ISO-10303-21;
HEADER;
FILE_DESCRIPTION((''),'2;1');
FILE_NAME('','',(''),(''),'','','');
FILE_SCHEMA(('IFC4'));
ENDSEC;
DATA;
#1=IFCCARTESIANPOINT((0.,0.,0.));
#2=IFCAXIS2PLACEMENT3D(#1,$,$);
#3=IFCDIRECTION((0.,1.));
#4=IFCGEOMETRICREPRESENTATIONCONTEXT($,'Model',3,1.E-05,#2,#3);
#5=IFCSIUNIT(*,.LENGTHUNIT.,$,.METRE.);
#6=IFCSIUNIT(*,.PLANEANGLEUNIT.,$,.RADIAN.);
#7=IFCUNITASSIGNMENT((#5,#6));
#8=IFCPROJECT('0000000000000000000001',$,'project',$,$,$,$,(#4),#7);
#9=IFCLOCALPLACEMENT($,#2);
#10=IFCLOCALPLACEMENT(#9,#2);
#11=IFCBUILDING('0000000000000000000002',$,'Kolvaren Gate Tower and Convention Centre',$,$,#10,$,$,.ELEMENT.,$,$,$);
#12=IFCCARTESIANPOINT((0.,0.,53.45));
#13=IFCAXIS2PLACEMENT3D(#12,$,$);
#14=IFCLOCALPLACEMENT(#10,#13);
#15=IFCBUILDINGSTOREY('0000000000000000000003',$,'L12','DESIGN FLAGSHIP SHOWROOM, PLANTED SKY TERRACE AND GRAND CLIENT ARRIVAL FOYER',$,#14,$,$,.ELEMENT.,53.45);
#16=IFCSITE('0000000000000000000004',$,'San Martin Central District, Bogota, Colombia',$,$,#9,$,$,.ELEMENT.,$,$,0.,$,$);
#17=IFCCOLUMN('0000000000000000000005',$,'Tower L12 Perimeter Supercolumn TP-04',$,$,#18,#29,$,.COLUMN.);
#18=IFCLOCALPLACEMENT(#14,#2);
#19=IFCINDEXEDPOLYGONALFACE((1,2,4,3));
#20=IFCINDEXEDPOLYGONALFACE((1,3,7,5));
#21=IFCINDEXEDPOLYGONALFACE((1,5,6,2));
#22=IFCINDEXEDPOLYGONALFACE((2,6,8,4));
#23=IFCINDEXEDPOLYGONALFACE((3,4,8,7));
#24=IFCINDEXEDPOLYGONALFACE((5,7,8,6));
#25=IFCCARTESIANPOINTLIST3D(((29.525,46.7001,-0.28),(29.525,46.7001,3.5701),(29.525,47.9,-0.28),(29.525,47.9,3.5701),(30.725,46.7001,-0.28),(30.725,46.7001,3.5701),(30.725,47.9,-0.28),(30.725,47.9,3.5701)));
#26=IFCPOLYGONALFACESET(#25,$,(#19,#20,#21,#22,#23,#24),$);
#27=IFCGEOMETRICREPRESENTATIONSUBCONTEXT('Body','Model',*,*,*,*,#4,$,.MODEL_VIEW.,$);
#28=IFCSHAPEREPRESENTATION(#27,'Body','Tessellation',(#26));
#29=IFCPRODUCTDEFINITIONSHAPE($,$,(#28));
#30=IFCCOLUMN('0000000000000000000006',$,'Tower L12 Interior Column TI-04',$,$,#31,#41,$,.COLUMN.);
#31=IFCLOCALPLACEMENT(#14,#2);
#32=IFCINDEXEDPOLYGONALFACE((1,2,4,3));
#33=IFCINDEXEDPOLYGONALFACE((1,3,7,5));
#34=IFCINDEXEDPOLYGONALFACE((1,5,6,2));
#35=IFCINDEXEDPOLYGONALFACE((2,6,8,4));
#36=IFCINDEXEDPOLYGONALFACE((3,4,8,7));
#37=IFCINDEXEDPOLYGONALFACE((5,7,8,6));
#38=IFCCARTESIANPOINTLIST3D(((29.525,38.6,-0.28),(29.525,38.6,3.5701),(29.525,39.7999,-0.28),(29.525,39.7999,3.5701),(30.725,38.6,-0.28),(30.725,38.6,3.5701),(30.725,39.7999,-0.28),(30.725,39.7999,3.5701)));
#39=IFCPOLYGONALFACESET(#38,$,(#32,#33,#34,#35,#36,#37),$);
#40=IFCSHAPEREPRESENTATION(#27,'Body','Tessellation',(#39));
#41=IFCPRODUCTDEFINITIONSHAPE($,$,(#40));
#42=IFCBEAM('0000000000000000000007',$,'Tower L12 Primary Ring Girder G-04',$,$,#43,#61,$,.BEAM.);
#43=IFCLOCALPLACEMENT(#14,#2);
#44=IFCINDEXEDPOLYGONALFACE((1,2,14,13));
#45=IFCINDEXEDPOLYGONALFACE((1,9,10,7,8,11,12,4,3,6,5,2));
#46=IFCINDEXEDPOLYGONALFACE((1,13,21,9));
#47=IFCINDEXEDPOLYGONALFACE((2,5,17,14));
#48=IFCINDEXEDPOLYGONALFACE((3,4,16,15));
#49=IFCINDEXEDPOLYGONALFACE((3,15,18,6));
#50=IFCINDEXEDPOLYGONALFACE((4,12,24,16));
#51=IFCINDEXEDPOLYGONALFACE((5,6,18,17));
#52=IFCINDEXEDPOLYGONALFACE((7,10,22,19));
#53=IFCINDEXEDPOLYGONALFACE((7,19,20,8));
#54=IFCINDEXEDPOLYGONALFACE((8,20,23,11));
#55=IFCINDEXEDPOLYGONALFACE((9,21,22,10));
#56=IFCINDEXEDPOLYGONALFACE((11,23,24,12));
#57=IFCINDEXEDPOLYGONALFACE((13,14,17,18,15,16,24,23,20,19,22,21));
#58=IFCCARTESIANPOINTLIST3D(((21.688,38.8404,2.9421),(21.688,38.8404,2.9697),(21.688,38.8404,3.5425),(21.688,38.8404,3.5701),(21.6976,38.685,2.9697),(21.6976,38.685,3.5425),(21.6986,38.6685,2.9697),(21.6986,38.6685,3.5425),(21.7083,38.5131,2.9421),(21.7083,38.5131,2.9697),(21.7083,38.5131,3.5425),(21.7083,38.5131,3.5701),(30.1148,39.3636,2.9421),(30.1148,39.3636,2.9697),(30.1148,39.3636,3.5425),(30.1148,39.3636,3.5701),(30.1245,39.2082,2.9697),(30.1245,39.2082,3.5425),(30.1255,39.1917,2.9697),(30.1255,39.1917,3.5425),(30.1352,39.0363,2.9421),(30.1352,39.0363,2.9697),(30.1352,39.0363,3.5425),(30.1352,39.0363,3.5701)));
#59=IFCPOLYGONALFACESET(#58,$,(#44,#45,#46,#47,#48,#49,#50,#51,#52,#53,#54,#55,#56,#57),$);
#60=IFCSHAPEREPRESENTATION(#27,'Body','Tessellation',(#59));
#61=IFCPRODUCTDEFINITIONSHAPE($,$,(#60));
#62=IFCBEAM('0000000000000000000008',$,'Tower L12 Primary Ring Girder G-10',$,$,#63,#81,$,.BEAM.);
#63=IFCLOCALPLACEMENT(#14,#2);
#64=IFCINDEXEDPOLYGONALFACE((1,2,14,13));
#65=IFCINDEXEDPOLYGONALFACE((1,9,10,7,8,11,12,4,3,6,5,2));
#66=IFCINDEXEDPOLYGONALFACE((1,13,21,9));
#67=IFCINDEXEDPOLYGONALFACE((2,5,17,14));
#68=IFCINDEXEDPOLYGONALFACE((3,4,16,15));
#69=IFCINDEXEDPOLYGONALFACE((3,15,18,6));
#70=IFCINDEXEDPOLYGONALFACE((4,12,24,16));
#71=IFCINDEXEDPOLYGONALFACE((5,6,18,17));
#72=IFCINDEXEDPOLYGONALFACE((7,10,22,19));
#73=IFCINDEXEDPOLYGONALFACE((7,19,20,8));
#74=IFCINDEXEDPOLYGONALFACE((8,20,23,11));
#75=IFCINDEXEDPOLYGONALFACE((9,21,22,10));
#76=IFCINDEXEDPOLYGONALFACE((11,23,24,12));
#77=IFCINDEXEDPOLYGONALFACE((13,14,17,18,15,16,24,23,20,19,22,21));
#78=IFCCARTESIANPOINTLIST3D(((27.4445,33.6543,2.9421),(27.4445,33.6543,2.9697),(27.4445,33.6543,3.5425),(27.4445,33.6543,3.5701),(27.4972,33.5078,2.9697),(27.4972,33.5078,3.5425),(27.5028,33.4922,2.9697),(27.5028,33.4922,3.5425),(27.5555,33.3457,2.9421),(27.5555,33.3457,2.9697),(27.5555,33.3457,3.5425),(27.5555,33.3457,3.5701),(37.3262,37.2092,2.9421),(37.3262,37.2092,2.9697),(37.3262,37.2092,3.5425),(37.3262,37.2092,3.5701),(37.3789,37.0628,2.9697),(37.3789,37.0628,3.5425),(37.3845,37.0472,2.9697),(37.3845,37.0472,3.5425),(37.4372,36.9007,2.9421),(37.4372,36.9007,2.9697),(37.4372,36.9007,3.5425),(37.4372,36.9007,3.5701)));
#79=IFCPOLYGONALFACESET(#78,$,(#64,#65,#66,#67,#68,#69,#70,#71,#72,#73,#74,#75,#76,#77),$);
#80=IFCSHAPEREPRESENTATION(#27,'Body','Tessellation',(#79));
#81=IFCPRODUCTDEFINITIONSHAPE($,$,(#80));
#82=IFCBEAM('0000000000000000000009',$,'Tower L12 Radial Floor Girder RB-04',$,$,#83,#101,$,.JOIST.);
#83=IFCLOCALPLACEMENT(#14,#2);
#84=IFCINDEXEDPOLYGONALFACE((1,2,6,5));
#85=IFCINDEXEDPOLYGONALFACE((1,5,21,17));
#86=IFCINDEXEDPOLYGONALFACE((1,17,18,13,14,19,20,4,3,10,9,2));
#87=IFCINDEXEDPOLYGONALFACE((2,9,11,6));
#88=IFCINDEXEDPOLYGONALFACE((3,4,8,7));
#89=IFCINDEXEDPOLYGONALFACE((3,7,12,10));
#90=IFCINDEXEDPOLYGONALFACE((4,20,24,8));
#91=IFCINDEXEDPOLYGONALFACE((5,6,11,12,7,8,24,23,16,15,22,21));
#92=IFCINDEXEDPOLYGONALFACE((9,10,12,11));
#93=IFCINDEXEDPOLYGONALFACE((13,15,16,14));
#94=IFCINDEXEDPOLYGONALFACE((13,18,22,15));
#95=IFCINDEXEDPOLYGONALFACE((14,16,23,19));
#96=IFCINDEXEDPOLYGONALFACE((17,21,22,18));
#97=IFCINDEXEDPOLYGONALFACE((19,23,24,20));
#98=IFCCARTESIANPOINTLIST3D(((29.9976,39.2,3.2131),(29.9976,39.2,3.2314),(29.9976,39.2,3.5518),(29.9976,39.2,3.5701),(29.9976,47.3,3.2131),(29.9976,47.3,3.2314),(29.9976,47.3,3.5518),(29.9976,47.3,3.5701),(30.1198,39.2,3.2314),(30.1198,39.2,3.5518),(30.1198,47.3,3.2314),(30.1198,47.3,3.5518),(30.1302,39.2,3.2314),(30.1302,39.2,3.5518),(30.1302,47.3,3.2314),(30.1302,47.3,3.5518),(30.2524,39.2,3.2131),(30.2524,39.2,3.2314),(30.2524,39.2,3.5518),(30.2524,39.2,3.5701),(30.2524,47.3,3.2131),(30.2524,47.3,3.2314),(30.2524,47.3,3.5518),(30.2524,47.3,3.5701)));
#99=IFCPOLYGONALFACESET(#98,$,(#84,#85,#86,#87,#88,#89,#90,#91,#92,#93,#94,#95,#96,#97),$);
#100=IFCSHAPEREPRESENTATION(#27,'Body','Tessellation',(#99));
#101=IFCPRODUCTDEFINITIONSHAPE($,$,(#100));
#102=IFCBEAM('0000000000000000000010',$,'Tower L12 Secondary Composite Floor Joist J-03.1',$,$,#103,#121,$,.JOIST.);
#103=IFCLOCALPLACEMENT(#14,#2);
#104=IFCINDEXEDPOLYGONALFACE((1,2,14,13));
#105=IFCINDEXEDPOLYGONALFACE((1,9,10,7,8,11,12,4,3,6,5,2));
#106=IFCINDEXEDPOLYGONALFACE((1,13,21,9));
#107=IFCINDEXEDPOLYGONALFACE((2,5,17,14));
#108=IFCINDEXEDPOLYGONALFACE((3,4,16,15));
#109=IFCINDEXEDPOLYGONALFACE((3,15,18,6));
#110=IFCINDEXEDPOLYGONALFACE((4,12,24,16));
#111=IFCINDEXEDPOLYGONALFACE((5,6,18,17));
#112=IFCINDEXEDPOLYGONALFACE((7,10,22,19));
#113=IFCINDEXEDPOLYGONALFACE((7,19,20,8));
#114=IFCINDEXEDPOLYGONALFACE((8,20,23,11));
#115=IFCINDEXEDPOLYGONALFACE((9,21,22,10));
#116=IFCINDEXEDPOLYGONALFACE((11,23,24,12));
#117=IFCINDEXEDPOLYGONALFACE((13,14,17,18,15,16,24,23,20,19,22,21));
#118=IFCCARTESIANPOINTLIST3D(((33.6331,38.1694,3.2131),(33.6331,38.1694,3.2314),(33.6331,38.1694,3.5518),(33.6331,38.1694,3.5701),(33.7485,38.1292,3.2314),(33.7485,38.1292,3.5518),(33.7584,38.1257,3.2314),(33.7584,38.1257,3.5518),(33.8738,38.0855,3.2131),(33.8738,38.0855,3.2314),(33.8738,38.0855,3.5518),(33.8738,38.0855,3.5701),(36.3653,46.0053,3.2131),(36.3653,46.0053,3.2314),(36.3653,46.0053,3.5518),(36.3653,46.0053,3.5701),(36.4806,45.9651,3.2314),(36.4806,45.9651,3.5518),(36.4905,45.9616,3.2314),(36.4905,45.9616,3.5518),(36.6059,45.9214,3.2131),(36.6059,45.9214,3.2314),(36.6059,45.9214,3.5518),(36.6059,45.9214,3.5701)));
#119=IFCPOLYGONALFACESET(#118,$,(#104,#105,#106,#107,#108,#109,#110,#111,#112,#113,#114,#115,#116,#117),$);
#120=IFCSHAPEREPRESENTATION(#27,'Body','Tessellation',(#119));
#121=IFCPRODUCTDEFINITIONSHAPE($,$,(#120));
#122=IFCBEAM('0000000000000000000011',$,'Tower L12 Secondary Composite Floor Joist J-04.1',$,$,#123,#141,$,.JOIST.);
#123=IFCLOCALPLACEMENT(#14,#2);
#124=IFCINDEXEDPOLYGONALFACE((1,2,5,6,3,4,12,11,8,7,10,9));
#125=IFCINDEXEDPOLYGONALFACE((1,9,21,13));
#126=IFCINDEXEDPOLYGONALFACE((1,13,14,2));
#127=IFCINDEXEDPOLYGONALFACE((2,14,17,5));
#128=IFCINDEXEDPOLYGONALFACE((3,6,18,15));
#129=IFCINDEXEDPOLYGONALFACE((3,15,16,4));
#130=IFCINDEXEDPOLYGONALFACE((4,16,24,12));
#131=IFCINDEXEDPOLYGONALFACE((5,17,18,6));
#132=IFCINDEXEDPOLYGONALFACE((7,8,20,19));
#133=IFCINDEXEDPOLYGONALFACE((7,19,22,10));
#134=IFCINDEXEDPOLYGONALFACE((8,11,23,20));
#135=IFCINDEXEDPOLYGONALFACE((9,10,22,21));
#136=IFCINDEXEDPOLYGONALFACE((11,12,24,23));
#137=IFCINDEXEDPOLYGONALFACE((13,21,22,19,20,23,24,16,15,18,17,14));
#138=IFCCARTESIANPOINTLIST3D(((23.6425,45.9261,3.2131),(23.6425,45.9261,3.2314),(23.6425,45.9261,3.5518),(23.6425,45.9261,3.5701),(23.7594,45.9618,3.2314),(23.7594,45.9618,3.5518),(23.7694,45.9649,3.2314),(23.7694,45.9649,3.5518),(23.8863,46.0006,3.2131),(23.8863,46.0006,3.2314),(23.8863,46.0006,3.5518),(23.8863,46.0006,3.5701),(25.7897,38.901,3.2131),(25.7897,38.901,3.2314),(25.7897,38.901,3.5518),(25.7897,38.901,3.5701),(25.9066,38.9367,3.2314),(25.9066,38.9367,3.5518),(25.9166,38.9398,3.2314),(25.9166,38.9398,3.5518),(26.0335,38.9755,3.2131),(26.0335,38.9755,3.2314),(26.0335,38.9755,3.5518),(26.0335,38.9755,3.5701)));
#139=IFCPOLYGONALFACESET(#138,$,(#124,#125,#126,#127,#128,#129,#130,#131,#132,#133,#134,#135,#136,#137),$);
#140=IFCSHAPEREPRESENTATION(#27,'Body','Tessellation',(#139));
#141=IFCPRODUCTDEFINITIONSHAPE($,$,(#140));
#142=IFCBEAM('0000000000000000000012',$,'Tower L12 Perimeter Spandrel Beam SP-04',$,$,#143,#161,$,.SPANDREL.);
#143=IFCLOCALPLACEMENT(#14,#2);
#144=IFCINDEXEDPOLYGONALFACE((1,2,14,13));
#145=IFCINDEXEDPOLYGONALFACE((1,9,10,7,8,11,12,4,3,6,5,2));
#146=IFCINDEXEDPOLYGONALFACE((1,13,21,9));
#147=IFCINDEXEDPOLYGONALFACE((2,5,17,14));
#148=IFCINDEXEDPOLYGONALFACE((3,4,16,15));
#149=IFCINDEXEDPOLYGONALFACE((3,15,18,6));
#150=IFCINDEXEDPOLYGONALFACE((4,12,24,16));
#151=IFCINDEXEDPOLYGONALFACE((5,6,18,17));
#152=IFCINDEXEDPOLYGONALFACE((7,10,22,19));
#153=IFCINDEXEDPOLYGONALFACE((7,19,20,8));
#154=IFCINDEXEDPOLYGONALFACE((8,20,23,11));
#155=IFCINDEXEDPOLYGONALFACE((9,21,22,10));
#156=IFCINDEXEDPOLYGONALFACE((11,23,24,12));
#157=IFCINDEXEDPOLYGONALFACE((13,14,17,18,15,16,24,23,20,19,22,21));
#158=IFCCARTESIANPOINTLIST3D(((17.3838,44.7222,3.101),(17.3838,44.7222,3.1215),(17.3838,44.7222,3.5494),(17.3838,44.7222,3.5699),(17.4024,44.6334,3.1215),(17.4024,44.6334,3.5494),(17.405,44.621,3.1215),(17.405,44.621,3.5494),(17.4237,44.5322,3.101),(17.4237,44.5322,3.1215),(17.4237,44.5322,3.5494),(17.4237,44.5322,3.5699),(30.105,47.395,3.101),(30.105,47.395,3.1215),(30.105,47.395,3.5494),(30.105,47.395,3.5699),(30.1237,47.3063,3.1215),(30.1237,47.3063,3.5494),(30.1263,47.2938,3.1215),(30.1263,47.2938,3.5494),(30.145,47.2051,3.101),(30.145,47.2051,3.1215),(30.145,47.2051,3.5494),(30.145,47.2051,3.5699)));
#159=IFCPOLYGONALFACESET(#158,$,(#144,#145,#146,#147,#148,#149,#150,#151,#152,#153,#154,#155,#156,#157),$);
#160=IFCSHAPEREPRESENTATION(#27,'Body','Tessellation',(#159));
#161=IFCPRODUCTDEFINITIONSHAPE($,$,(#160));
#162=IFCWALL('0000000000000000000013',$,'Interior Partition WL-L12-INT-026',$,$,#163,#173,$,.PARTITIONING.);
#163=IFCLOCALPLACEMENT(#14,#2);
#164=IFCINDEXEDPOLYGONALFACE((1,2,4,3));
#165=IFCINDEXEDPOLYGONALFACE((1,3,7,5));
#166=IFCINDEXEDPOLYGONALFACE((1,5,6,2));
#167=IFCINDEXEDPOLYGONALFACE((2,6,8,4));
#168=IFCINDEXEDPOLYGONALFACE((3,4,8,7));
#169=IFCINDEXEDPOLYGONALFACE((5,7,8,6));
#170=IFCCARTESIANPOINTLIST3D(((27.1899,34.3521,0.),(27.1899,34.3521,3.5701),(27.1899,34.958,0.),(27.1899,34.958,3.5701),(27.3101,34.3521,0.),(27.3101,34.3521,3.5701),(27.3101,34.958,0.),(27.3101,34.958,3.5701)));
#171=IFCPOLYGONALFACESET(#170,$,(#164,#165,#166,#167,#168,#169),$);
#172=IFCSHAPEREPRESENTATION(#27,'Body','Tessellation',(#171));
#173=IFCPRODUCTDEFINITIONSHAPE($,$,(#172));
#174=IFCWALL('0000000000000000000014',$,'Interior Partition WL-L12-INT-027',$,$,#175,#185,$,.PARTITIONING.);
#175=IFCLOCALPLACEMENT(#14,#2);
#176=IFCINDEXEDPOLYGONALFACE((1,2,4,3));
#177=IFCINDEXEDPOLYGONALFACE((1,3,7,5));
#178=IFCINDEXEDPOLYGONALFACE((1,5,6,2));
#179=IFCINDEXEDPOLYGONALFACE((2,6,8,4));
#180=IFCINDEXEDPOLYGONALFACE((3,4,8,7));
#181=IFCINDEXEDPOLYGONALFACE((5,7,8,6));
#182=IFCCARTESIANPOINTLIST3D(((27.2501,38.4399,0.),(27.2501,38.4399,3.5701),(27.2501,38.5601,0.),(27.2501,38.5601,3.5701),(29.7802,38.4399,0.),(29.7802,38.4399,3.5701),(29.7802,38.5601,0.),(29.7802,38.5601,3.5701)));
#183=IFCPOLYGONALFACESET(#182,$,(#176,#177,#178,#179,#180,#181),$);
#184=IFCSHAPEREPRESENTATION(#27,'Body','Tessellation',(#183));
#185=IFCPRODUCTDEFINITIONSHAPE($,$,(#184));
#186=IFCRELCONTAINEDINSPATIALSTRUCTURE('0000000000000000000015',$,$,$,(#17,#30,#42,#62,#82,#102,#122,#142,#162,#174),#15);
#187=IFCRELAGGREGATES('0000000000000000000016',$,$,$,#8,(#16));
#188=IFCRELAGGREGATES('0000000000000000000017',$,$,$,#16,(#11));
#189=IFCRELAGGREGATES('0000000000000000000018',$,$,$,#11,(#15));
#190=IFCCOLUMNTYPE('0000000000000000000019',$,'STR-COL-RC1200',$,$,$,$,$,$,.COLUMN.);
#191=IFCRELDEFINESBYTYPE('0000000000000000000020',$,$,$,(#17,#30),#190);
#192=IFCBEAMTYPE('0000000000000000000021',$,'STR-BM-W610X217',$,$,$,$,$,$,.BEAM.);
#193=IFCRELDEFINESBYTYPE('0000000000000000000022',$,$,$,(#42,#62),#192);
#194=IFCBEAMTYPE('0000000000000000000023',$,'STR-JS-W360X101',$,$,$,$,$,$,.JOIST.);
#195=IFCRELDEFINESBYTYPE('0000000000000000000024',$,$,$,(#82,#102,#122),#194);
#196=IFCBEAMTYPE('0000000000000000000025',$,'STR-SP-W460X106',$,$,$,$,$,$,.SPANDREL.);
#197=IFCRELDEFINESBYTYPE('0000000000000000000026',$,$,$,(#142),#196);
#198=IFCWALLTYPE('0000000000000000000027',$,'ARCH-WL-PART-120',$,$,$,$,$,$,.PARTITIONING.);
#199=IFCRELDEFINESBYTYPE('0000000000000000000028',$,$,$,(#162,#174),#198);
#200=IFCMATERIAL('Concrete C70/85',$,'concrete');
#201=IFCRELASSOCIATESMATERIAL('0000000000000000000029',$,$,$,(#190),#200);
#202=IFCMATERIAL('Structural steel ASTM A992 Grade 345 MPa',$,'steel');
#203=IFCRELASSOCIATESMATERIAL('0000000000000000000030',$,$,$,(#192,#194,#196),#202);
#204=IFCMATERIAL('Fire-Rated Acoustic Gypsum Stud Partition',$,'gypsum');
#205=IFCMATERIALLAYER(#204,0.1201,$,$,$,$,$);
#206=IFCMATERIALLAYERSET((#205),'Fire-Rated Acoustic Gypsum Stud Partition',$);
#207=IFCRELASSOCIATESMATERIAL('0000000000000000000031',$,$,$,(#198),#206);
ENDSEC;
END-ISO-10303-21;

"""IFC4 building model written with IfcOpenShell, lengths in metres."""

from ifc_helpers import new_model, si_unit, direction, frame, frame_2d, origin, origin_2d, place, context, subcontext, project, spatial, rectangle, i_section, extrude, material, layer, layer_set, material_profile, profile_set, type_object, element, save


model = new_model("IFC4")

# Units and contexts
model_context = context("Model", 3, precision=1e-05, world=origin(), true_north=direction((0.0, 1.0)))
body_context = subcontext(model_context, "Body", "Model", "MODEL_VIEW")
ifc_project = project(units=[si_unit("LENGTHUNIT", "METRE"), si_unit("PLANEANGLEUNIT", "RADIAN")], contexts=[model_context])

# Site, building, storey
site_placement = place(None, origin())
site = spatial("IfcSite", under=ifc_project, at=site_placement, Name="San Martin Central District, Bogota, Colombia", CompositionType="ELEMENT", RefElevation=0.0)
building_placement = place(site_placement, origin())
building = spatial("IfcBuilding", under=site, at=building_placement, Name="Kolvaren Gate Tower and Convention Centre", CompositionType="ELEMENT")
storey_placement = place(building_placement, frame((0.0, 0.0, 53.45)))
storey = spatial("IfcBuildingStorey", under=building, at=storey_placement, Name="L12", Description="DESIGN FLAGSHIP SHOWROOM, PLANTED SKY TERRACE AND GRAND CLIENT ARRIVAL FOYER", CompositionType="ELEMENT", Elevation=53.45)

# Columns
ifc_material_1 = material(Name="Concrete C70/85", Category="concrete")
ifc_material_profile_1 = material_profile(ifc_material_1, rectangle(XDim=1.2, YDim=1.2, at=origin_2d()), Name="RC-COL-1200X1200")
ifc_profile_set_1 = profile_set([ifc_material_profile_1], Name="Concrete C70/85")
column_type = type_object("IfcColumnType", Name="STR-COL-RC1200", PredefinedType="COLUMN", material=ifc_profile_set_1)
for number, where, z_axis, x_axis, name in (
    (1, (30.125, 47.3, -0.28), (0.0, 0.0, 1.0), (1.0, 0.0, 0.0), "Tower L12 Perimeter Supercolumn TP-04"),
    (2, (30.125, 39.2, -0.28), (0.0, 0.0, 1.0), (1.0, 0.0, 0.0), "Tower L12 Interior Column TI-04"),
):
    element("IfcColumn", number, at=place(storey_placement, frame(where, z_axis=z_axis, x_axis=x_axis)), inside=storey, type_object=column_type, Name=name, PredefinedType="COLUMN", context=body_context, shape_type="SweptSolid", body=[
        extrude(rectangle(XDim=1.2, YDim=1.2, at=origin_2d()), origin(), (0.0, 0.0, 1.0), 3.8501),
    ])

# Beams
ifc_material_2 = material(Name="Structural steel ASTM A992 Grade 345 MPa", Category="steel")
ifc_material_profile_2 = material_profile(ifc_material_2, i_section(OverallWidth=0.3279, OverallDepth=0.6279, WebThickness=0.0166, FlangeThickness=0.0276, at=origin_2d()), Name="W610X217")
ifc_profile_set_2 = profile_set([ifc_material_profile_2], Name="Structural steel ASTM A992 Grade 345 MPa")
beam_type_1 = type_object("IfcBeamType", Name="STR-BM-W610X217", PredefinedType="BEAM", material=ifc_profile_set_2)
beam_1_placement = place(storey_placement, frame((30.125, 39.2, 3.2561), z_axis=(-0.998078, -0.061966, 0.0), x_axis=(0.061966, -0.998078, 0.0)))
element("IfcBeam", 3, at=beam_1_placement, inside=storey, type_object=beam_type_1, Name="Tower L12 Primary Ring Girder G-04", PredefinedType="BEAM", context=body_context, shape_type="SweptSolid", body=[
    extrude(i_section(OverallWidth=0.3279, OverallDepth=0.6279, WebThickness=0.0166, FlangeThickness=0.0276, at=origin_2d()), origin(), (0.0, 0.0, 1.0), 8.4431),
])
beam_2_placement = place(storey_placement, frame((27.5, 33.5, 3.2561), z_axis=(0.940961, 0.338514, 0.0), x_axis=(-0.338514, 0.940961, 0.0)))
element("IfcBeam", 4, at=beam_2_placement, inside=storey, type_object=beam_type_1, Name="Tower L12 Primary Ring Girder G-10", PredefinedType="BEAM", context=body_context, shape_type="SweptSolid", body=[
    extrude(i_section(OverallWidth=0.3279, OverallDepth=0.6279, WebThickness=0.0166, FlangeThickness=0.0276, at=origin_2d()), origin(), (0.0, 0.0, 1.0), 10.5017),
])
ifc_material_profile_3 = material_profile(ifc_material_2, i_section(OverallWidth=0.2549, OverallDepth=0.3569, WebThickness=0.0105, FlangeThickness=0.0183, at=origin_2d()), Name="W360X101")
ifc_profile_set_3 = profile_set([ifc_material_profile_3], Name="Structural steel ASTM A992 Grade 345 MPa")
beam_type_2 = type_object("IfcBeamType", Name="STR-JS-W360X101", PredefinedType="JOIST", material=ifc_profile_set_3)
beam_3_placement = place(storey_placement, frame((30.125, 39.2, 3.3916), z_axis=(0.0, 1.0, 0.0), x_axis=(-1.0, 0.0, 0.0)))
element("IfcBeam", 5, at=beam_3_placement, inside=storey, type_object=beam_type_2, Name="Tower L12 Radial Floor Girder RB-04", PredefinedType="JOIST", context=body_context, shape_type="SweptSolid", body=[
    extrude(i_section(OverallWidth=0.2549, OverallDepth=0.3569, WebThickness=0.0105, FlangeThickness=0.0183, at=origin_2d()), origin(), (0.0, 0.0, 1.0), 8.1001),
])
beam_4_placement = place(storey_placement, frame((33.7534, 38.1274, 3.3916), z_axis=(0.329234, 0.944248, 0.0), x_axis=(-0.944248, 0.329234, 0.0)))
element("IfcBeam", 6, at=beam_4_placement, inside=storey, type_object=beam_type_2, Name="Tower L12 Secondary Composite Floor Joist J-03.1", PredefinedType="JOIST", context=body_context, shape_type="SweptSolid", body=[
    extrude(i_section(OverallWidth=0.2549, OverallDepth=0.3569, WebThickness=0.0105, FlangeThickness=0.0183, at=origin_2d()), origin(), (0.0, 0.0, 1.0), 8.2986),
])
beam_5_placement = place(storey_placement, frame((25.9116, 38.9382, 3.3916), z_axis=(-0.292299, 0.956327, 0.0), x_axis=(-0.956327, -0.292299, 0.0)))
element("IfcBeam", 7, at=beam_5_placement, inside=storey, type_object=beam_type_2, Name="Tower L12 Secondary Composite Floor Joist J-04.1", PredefinedType="JOIST", context=body_context, shape_type="SweptSolid", body=[
    extrude(i_section(OverallWidth=0.2549, OverallDepth=0.3569, WebThickness=0.0105, FlangeThickness=0.0183, at=origin_2d()), origin(), (0.0, 0.0, 1.0), 7.3459),
])
ifc_material_profile_4 = material_profile(ifc_material_2, i_section(OverallWidth=0.1941, OverallDepth=0.469, WebThickness=0.0127, FlangeThickness=0.0205, at=origin_2d()), Name="W460X106")
ifc_profile_set_4 = profile_set([ifc_material_profile_4], Name="Structural steel ASTM A992 Grade 345 MPa")
beam_type_3 = type_object("IfcBeamType", Name="STR-SP-W460X106", PredefinedType="SPANDREL", material=ifc_profile_set_4)
beam_6_placement = place(storey_placement, frame((30.125, 47.3, 3.3354), z_axis=(-0.978632, -0.20562, 0.0), x_axis=(0.20562, -0.978632, 0.0)))
element("IfcBeam", 8, at=beam_6_placement, inside=storey, type_object=beam_type_3, Name="Tower L12 Perimeter Spandrel Beam SP-04", PredefinedType="SPANDREL", context=body_context, shape_type="SweptSolid", body=[
    extrude(i_section(OverallWidth=0.1941, OverallDepth=0.469, WebThickness=0.0127, FlangeThickness=0.0205, at=origin_2d()), origin(), (0.0, 0.0, 1.0), 12.999),
])

# Walls
ifc_material_3 = material(Name="Fire-Rated Acoustic Gypsum Stud Partition", Category="gypsum")
ifc_layer_1 = layer(ifc_material_3, 0.1201)
ifc_layer_set_1 = layer_set([ifc_layer_1], Name="Fire-Rated Acoustic Gypsum Stud Partition")
wall_type_1 = type_object("IfcWallType", Name="ARCH-WL-PART-120", PredefinedType="PARTITIONING", material=ifc_layer_set_1)
wall_1_placement = place(storey_placement, frame((27.25, 34.3521, 0.0), z_axis=(0.0, 0.0, 1.0), x_axis=(0.0, 1.0, 0.0)))
element("IfcWall", 9, at=wall_1_placement, inside=storey, type_object=wall_type_1, Name="Interior Partition WL-L12-INT-026", PredefinedType="PARTITIONING", context=body_context, shape_type="SweptSolid", body=[
    extrude(rectangle(XDim=0.606, YDim=0.1201, at=frame_2d((0.303, 0.0))), origin(), (0.0, 0.0, 1.0), 3.5701),
])
wall_2_placement = place(storey_placement, frame((27.25, 38.5, 0.0), z_axis=(0.0, 0.0, 1.0), x_axis=(1.0, 0.0, 0.0)))
element("IfcWall", 10, at=wall_2_placement, inside=storey, type_object=wall_type_1, Name="Interior Partition WL-L12-INT-027", PredefinedType="PARTITIONING", context=body_context, shape_type="SweptSolid", body=[
    extrude(rectangle(XDim=2.53, YDim=0.1201, at=frame_2d((1.2651, 0.0))), origin(), (0.0, 0.0, 1.0), 3.5701),
])

save(model, "model.ifc")
